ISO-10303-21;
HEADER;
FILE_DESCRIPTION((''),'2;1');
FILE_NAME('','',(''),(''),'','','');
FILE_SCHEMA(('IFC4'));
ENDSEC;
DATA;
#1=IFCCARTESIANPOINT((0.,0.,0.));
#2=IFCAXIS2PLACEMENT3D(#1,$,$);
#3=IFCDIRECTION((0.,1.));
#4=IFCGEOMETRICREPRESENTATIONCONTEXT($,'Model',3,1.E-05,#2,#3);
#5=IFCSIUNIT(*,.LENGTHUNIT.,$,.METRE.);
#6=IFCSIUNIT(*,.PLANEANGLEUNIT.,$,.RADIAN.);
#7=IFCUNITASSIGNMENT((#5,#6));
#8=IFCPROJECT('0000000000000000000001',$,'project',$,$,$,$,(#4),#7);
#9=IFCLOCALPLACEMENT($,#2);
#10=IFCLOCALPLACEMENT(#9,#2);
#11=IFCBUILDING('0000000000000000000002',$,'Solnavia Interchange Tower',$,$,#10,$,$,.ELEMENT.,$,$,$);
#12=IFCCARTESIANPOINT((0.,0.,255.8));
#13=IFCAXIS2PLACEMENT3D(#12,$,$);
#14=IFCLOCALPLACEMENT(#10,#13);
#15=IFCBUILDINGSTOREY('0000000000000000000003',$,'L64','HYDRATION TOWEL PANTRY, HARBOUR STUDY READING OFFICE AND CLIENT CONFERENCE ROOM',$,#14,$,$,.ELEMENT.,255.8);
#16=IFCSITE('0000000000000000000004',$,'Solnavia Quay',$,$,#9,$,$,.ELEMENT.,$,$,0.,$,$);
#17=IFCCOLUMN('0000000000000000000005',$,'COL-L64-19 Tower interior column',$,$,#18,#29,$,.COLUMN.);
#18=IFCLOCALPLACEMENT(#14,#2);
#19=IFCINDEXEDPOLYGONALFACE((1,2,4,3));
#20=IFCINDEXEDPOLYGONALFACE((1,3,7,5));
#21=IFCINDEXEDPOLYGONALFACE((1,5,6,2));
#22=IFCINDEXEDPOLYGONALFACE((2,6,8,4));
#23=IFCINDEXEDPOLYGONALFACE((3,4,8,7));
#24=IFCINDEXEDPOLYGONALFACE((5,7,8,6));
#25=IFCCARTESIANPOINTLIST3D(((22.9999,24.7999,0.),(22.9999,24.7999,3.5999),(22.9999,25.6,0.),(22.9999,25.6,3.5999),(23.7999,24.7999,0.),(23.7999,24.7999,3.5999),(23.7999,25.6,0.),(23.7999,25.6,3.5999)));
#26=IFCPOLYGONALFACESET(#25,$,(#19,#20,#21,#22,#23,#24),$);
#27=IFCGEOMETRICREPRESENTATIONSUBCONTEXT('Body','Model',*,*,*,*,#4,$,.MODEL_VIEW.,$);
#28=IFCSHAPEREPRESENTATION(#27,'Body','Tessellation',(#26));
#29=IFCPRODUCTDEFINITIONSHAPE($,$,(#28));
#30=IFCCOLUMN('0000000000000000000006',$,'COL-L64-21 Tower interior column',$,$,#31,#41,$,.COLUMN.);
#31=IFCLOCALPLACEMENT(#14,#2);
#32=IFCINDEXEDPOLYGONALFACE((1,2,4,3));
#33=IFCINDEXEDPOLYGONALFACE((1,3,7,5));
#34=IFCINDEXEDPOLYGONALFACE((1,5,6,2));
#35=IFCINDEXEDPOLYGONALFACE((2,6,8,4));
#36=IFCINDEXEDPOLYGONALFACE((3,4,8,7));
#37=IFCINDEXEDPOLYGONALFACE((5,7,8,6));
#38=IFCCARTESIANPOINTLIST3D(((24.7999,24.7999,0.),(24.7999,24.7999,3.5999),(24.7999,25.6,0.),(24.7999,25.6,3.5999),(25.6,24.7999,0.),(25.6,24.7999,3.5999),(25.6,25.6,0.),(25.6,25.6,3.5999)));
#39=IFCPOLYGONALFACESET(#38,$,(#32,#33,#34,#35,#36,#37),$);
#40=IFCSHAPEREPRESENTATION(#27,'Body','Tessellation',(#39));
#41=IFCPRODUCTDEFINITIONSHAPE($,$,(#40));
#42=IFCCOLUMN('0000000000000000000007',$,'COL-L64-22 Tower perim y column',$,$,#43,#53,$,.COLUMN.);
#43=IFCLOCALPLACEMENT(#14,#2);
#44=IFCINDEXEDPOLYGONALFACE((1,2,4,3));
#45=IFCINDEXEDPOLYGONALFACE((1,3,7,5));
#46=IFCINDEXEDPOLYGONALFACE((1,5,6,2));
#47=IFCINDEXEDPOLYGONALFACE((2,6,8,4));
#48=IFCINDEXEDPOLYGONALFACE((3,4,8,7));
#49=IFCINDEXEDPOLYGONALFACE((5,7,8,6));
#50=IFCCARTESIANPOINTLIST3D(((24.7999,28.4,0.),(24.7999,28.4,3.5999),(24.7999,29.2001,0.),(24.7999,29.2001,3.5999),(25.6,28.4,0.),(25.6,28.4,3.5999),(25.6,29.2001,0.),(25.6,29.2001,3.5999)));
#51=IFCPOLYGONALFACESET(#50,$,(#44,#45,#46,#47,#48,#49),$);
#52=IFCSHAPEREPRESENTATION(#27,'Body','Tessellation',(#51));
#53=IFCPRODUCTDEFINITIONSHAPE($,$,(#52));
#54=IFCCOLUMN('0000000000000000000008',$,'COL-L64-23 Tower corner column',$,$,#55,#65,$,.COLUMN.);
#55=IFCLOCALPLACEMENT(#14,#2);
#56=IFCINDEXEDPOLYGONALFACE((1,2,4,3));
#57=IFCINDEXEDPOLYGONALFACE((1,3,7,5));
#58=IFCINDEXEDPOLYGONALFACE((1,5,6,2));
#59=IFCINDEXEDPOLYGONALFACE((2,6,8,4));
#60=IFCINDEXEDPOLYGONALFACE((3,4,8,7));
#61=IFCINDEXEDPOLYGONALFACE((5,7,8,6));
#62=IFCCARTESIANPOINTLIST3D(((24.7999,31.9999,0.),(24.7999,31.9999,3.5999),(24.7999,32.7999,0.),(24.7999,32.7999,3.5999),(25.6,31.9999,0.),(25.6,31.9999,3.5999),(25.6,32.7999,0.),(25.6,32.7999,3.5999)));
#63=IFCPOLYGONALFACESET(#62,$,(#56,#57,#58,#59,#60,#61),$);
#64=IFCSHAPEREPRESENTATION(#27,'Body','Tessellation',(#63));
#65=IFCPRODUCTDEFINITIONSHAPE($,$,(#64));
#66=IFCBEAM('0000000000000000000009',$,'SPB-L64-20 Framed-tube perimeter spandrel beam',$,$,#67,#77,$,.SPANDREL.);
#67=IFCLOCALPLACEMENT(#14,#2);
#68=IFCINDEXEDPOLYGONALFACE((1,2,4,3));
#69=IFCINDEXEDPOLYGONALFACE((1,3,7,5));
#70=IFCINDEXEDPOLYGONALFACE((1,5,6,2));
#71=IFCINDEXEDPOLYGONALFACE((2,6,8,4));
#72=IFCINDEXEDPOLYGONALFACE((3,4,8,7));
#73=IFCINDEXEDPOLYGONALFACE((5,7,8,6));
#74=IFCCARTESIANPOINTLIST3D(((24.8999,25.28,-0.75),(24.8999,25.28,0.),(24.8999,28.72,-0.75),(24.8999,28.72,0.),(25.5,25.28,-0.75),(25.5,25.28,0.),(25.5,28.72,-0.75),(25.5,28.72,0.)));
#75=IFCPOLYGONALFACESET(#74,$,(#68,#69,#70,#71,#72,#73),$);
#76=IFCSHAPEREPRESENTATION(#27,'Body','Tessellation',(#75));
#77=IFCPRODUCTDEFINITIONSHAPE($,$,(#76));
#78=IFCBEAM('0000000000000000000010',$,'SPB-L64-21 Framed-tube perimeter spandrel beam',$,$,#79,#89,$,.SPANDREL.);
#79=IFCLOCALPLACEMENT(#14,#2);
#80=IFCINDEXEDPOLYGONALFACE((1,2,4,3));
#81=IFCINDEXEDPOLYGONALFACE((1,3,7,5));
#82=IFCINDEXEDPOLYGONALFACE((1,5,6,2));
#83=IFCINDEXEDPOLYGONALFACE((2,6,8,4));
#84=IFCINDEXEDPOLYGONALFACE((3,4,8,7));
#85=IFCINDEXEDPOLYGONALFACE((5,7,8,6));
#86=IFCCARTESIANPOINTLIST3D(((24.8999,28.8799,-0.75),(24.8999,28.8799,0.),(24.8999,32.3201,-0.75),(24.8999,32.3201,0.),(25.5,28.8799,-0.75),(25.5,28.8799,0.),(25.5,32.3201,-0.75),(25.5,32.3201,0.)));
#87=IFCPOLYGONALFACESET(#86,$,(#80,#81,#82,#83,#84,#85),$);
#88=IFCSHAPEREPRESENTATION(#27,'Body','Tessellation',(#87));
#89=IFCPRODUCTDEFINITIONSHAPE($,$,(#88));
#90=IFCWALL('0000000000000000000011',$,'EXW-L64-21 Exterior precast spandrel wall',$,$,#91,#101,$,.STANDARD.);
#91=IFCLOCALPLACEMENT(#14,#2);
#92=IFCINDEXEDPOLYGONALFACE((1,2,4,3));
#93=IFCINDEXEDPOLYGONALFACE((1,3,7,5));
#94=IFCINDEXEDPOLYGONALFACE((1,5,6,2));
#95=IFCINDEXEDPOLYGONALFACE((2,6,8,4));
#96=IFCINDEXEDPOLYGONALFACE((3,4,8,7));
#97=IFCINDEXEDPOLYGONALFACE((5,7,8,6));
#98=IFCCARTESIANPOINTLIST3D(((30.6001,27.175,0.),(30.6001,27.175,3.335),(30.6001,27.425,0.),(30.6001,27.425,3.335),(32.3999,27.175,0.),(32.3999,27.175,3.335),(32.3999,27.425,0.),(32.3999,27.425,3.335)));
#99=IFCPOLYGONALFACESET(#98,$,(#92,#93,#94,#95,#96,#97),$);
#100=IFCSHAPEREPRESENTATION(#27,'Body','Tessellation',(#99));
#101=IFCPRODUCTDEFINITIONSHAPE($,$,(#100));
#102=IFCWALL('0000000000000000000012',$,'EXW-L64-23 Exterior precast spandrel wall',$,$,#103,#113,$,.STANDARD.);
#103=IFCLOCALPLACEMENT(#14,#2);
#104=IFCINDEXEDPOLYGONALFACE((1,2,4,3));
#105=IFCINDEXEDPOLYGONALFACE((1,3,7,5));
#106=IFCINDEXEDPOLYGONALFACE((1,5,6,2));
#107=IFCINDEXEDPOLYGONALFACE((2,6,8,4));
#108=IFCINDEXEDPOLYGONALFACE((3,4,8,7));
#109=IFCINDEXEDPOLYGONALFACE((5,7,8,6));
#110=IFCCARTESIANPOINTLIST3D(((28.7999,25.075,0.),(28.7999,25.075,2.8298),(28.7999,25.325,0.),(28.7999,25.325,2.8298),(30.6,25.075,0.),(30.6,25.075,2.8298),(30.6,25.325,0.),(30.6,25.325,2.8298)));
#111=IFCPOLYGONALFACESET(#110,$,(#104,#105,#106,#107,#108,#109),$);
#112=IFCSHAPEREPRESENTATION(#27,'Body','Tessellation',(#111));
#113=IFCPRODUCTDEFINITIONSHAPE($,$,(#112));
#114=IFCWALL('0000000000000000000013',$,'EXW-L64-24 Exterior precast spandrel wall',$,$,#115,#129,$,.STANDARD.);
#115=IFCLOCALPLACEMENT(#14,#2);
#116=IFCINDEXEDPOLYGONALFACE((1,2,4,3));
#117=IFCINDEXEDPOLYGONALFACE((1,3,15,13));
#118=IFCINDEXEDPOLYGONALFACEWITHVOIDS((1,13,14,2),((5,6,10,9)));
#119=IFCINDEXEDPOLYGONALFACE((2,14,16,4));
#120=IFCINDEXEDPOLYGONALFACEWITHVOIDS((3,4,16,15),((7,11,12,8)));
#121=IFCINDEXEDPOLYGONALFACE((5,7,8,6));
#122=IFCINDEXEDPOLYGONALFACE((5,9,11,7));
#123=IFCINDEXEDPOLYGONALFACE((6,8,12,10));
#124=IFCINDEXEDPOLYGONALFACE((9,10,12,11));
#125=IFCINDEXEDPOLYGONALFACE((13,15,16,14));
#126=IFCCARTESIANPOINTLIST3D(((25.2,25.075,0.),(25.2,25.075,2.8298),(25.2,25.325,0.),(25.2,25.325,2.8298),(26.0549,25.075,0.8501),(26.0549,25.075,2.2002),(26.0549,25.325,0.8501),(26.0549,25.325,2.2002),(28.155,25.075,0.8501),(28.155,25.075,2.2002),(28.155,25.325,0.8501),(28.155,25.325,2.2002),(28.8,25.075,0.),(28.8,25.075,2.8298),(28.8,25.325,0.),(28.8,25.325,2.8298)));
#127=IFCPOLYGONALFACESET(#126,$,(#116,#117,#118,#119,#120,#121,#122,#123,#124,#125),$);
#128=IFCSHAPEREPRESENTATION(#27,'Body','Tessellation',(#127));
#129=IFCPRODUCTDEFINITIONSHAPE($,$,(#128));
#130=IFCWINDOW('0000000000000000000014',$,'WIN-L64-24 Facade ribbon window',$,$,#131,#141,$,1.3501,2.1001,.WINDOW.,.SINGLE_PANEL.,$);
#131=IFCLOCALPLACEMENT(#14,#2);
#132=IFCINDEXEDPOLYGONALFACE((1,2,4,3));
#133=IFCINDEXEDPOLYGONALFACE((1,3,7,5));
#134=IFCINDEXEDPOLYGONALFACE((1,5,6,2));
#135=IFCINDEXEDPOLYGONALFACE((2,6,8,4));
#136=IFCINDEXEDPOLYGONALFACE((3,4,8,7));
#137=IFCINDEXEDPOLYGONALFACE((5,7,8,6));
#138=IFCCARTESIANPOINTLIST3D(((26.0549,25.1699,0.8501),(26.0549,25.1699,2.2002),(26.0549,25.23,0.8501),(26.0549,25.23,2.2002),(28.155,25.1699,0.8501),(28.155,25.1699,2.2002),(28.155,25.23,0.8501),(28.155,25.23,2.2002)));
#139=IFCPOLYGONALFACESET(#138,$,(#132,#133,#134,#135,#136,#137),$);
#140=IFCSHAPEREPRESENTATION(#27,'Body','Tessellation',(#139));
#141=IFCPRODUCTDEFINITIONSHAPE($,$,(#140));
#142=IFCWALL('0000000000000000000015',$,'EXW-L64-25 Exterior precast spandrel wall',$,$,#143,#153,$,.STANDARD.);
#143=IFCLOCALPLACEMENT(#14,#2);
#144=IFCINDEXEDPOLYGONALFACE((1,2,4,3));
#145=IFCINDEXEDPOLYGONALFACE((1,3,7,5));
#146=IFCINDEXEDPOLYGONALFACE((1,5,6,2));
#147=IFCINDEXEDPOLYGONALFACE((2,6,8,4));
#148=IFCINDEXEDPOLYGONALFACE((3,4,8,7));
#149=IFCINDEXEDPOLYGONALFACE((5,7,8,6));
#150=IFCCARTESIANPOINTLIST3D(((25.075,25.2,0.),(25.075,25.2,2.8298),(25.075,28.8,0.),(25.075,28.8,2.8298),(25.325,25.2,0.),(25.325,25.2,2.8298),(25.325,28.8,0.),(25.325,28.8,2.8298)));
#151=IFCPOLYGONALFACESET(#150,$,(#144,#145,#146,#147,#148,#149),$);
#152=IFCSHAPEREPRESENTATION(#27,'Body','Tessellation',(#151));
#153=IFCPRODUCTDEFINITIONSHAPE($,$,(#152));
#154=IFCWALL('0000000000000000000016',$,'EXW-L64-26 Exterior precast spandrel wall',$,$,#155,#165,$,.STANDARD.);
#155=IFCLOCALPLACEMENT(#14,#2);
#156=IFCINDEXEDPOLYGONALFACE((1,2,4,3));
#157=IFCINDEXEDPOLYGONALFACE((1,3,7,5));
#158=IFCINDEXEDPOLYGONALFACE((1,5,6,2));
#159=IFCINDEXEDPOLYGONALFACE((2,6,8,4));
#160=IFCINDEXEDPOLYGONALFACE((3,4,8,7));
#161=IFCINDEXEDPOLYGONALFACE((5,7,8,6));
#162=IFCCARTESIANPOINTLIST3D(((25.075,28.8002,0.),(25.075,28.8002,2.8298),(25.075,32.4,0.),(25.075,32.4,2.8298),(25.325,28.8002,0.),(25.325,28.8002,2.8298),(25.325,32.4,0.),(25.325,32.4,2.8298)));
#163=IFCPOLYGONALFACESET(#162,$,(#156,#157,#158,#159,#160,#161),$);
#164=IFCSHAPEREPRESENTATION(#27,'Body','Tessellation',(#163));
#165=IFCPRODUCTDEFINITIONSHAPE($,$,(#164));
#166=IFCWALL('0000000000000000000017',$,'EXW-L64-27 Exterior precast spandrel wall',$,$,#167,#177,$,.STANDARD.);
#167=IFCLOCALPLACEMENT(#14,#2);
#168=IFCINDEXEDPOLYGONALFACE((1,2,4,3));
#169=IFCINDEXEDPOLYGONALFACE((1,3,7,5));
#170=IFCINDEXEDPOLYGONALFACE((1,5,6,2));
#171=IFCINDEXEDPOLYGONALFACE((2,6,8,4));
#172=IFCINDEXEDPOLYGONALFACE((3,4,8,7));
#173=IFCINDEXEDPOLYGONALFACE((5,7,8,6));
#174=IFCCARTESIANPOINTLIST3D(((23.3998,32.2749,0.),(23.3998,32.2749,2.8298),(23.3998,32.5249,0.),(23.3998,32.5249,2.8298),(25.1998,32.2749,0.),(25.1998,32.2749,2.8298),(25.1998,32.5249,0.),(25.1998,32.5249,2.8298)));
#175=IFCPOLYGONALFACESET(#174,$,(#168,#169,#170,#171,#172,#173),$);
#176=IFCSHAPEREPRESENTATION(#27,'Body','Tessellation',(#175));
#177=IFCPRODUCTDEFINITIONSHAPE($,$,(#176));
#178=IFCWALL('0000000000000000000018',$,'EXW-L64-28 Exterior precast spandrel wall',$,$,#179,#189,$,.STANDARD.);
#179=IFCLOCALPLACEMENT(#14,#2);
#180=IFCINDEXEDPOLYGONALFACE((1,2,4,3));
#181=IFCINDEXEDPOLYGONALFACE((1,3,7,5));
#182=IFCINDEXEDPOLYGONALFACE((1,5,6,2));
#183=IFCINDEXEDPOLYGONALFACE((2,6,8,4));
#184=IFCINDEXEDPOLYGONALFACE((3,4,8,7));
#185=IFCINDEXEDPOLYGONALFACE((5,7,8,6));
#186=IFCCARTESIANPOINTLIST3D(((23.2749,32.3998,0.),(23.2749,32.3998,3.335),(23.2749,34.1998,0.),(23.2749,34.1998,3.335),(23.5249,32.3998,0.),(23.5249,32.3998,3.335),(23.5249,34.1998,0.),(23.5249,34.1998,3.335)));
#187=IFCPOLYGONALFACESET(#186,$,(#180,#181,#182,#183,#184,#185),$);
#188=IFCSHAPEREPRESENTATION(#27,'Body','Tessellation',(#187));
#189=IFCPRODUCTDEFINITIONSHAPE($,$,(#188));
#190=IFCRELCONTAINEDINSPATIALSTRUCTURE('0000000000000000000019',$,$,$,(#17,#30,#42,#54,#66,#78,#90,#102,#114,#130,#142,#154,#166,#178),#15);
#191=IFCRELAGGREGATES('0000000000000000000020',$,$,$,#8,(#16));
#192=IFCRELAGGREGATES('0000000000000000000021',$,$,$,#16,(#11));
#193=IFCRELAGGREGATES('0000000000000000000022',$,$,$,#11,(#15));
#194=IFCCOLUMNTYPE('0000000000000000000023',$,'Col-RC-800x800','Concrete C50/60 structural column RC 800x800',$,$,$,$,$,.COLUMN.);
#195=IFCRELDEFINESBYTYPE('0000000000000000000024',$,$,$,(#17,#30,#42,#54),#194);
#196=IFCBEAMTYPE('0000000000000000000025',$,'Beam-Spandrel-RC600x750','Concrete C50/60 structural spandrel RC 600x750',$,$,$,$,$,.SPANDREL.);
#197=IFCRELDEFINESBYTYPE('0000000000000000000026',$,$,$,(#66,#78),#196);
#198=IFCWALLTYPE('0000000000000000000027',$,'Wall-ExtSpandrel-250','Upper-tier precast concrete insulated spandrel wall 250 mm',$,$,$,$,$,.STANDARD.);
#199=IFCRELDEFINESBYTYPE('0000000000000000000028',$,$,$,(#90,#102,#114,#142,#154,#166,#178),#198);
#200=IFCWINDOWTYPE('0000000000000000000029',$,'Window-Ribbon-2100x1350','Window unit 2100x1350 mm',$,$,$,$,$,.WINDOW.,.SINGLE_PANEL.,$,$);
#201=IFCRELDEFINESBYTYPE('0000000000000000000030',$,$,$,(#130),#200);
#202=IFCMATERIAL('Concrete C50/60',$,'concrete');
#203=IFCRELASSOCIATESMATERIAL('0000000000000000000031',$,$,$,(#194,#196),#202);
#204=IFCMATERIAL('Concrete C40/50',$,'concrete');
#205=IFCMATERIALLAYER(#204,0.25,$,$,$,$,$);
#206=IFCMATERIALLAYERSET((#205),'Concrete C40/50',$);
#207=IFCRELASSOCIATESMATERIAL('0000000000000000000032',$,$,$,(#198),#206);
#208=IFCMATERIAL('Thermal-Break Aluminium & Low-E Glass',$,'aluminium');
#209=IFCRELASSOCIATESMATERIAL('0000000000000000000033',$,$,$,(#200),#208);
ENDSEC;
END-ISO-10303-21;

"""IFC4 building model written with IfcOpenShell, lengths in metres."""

from ifc_helpers import new_model, si_unit, direction, frame, frame_2d, origin, origin_2d, place, context, subcontext, project, spatial, rectangle, extrude, material, layer, layer_set, material_profile, profile_set, type_object, element, fill, save


model = new_model("IFC4")

# Units and contexts
model_context = context("Model", 3, precision=1e-05, world=origin(), true_north=direction((0.0, 1.0)))
body_context = subcontext(model_context, "Body", "Model", "MODEL_VIEW")
ifc_project = project(units=[si_unit("LENGTHUNIT", "METRE"), si_unit("PLANEANGLEUNIT", "RADIAN")], contexts=[model_context])

# Site, building, storey
site_placement = place(None, origin())
site = spatial("IfcSite", under=ifc_project, at=site_placement, Name="Solnavia Quay", CompositionType="ELEMENT", RefElevation=0.0)
building_placement = place(site_placement, origin())
building = spatial("IfcBuilding", under=site, at=building_placement, Name="Solnavia Interchange Tower", CompositionType="ELEMENT")
storey_placement = place(building_placement, frame((0.0, 0.0, 255.8)))
storey = spatial("IfcBuildingStorey", under=building, at=storey_placement, Name="L64", Description="HYDRATION TOWEL PANTRY, HARBOUR STUDY READING OFFICE AND CLIENT CONFERENCE ROOM", CompositionType="ELEMENT", Elevation=255.8)

# Columns
ifc_material_1 = material(Name="Concrete C50/60", Category="concrete")
ifc_material_profile_1 = material_profile(ifc_material_1, rectangle(XDim=0.8, YDim=0.8, at=origin_2d()), Name="RC 800x800")
ifc_profile_set_1 = profile_set([ifc_material_profile_1], Name="Concrete C50/60")
column_type = type_object("IfcColumnType", Name="Col-RC-800x800", Description="Concrete C50/60 structural column RC 800x800", PredefinedType="COLUMN", material=ifc_profile_set_1)
for number, where, z_axis, x_axis, name in (
    (1, (23.3999, 25.2, 0.0), (0.0, 0.0, 1.0), (1.0, 0.0, 0.0), "COL-L64-19 Tower interior column"),
    (2, (25.2, 25.2, 0.0), (0.0, 0.0, 1.0), (1.0, 0.0, 0.0), "COL-L64-21 Tower interior column"),
    (3, (25.2, 28.8, 0.0), (0.0, 0.0, 1.0), (0.0, 1.0, 0.0), "COL-L64-22 Tower perim y column"),
    (4, (25.2, 32.3999, 0.0), (0.0, 0.0, 1.0), (0.0, 1.0, 0.0), "COL-L64-23 Tower corner column"),
):
    element("IfcColumn", number, at=place(storey_placement, frame(where, z_axis=z_axis, x_axis=x_axis)), inside=storey, type_object=column_type, Name=name, PredefinedType="COLUMN", context=body_context, shape_type="SweptSolid", body=[
        extrude(rectangle(XDim=0.8, YDim=0.8, at=origin_2d()), origin(), (0.0, 0.0, 1.0), 3.5999),
    ])

# Beams
ifc_material_profile_2 = material_profile(ifc_material_1, rectangle(XDim=0.6001, YDim=0.75, at=origin_2d()), Name="RC 600x750")
ifc_profile_set_2 = profile_set([ifc_material_profile_2], Name="Concrete C50/60")
beam_type = type_object("IfcBeamType", Name="Beam-Spandrel-RC600x750", Description="Concrete C50/60 structural spandrel RC 600x750", PredefinedType="SPANDREL", material=ifc_profile_set_2)
beam_1_placement = place(storey_placement, frame((25.2, 25.28, -0.375), z_axis=(0.0, 1.0, 0.0), x_axis=(-1.0, 0.0, 0.0)))
element("IfcBeam", 5, at=beam_1_placement, inside=storey, type_object=beam_type, Name="SPB-L64-20 Framed-tube perimeter spandrel beam", PredefinedType="SPANDREL", context=body_context, shape_type="SweptSolid", body=[
    extrude(rectangle(XDim=0.6001, YDim=0.75, at=origin_2d()), origin(), (0.0, 0.0, 1.0), 3.4399),
])
beam_2_placement = place(storey_placement, frame((25.2, 28.8799, -0.375), z_axis=(0.0, 1.0, 0.0), x_axis=(-1.0, 0.0, 0.0)))
element("IfcBeam", 6, at=beam_2_placement, inside=storey, type_object=beam_type, Name="SPB-L64-21 Framed-tube perimeter spandrel beam", PredefinedType="SPANDREL", context=body_context, shape_type="SweptSolid", body=[
    extrude(rectangle(XDim=0.6001, YDim=0.75, at=origin_2d()), origin(), (0.0, 0.0, 1.0), 3.4402),
])

# Walls
ifc_material_2 = material(Name="Concrete C40/50", Category="concrete")
ifc_layer_1 = layer(ifc_material_2, 0.25)
ifc_layer_set_1 = layer_set([ifc_layer_1], Name="Concrete C40/50")
wall_type_1 = type_object("IfcWallType", Name="Wall-ExtSpandrel-250", Description="Upper-tier precast concrete insulated spandrel wall 250 mm", PredefinedType="STANDARD", material=ifc_layer_set_1)
wall_1_placement = place(storey_placement, frame((30.6001, 27.3, 0.0), z_axis=(0.0, 0.0, 1.0), x_axis=(1.0, 0.0, 0.0)))
element("IfcWall", 7, at=wall_1_placement, inside=storey, type_object=wall_type_1, Name="EXW-L64-21 Exterior precast spandrel wall", PredefinedType="STANDARD", context=body_context, shape_type="SweptSolid", body=[
    extrude(rectangle(XDim=1.7998, YDim=0.25, at=frame_2d((0.8999, 0.0))), origin(), (0.0, 0.0, 1.0), 3.335),
])
wall_2_placement = place(storey_placement, frame((28.8, 25.2, 0.0), z_axis=(0.0, 0.0, 1.0), x_axis=(1.0, 0.0, 0.0)))
element("IfcWall", 8, at=wall_2_placement, inside=storey, type_object=wall_type_1, Name="EXW-L64-23 Exterior precast spandrel wall", PredefinedType="STANDARD", context=body_context, shape_type="SweptSolid", body=[
    extrude(rectangle(XDim=1.8, YDim=0.25, at=frame_2d((0.8999, 0.0))), origin(), (0.0, 0.0, 1.0), 2.8298),
])

# Wall, opening, window
wall_3_placement = place(storey_placement, frame((25.2, 25.2, 0.0), z_axis=(0.0, 0.0, 1.0), x_axis=(1.0, 0.0, 0.0)))
wall_3 = element("IfcWall", 9, at=wall_3_placement, inside=storey, type_object=wall_type_1, Name="EXW-L64-24 Exterior precast spandrel wall", PredefinedType="STANDARD", context=body_context, shape_type="SweptSolid", body=[
    extrude(rectangle(XDim=3.6001, YDim=0.25, at=frame_2d((1.8, 0.0))), origin(), (0.0, 0.0, 1.0), 2.8298),
])
opening_placement = place(wall_3_placement, frame((0.855, 0.0, 0.8501)))
opening = element("IfcOpeningElement", 10, at=opening_placement, cuts=wall_3, PredefinedType="OPENING", context=body_context, shape_type="SweptSolid", body=[
    extrude(rectangle(XDim=2.1001, YDim=1.3501, at=frame_2d((1.05, 0.675))), frame((0.0, 0.135, 0.0), z_axis=(0.0, -1.0, 0.0), x_axis=(1.0, 0.0, 0.0)), (0.0, 0.0, 1.0), 0.27),
])
ifc_material_3 = material(Name="Thermal-Break Aluminium & Low-E Glass", Category="aluminium")
window_type = type_object("IfcWindowType", Name="Window-Ribbon-2100x1350", Description="Window unit 2100x1350 mm", PartitioningType="SINGLE_PANEL", PredefinedType="WINDOW", material=ifc_material_3)
window_placement = place(opening_placement, origin())
window = element("IfcWindow", 11, at=window_placement, inside=storey, type_object=window_type, Name="WIN-L64-24 Facade ribbon window", OverallHeight=1.3501, OverallWidth=2.1001, PartitioningType="SINGLE_PANEL", PredefinedType="WINDOW", context=body_context, shape_type="SweptSolid", body=[
    extrude(rectangle(XDim=2.1001, YDim=1.3501, at=frame_2d((1.05, 0.675))), frame((0.0, 0.03, 0.0), z_axis=(0.0, -1.0, 0.0), x_axis=(1.0, 0.0, 0.0)), (0.0, 0.0, 1.0), 0.0601),
])
fill(opening, window)

# Walls
wall_4_placement = place(storey_placement, frame((25.2, 28.8, 0.0), z_axis=(0.0, 0.0, 1.0), x_axis=(0.0, -1.0, 0.0)))
element("IfcWall", 12, at=wall_4_placement, inside=storey, type_object=wall_type_1, Name="EXW-L64-25 Exterior precast spandrel wall", PredefinedType="STANDARD", context=body_context, shape_type="SweptSolid", body=[
    extrude(rectangle(XDim=3.6001, YDim=0.25, at=frame_2d((1.8, 0.0))), origin(), (0.0, 0.0, 1.0), 2.8298),
])
wall_5_placement = place(storey_placement, frame((25.2, 32.3999, 0.0), z_axis=(0.0, 0.0, 1.0), x_axis=(0.0, -1.0, 0.0)))
element("IfcWall", 13, at=wall_5_placement, inside=storey, type_object=wall_type_1, Name="EXW-L64-26 Exterior precast spandrel wall", PredefinedType="STANDARD", context=body_context, shape_type="SweptSolid", body=[
    extrude(rectangle(XDim=3.5999, YDim=0.25, at=frame_2d((1.7998, 0.0))), origin(), (0.0, 0.0, 1.0), 2.8298),
])
wall_6_placement = place(storey_placement, frame((23.3999, 32.3999, 0.0), z_axis=(0.0, 0.0, 1.0), x_axis=(1.0, 0.0, 0.0)))
element("IfcWall", 14, at=wall_6_placement, inside=storey, type_object=wall_type_1, Name="EXW-L64-27 Exterior precast spandrel wall", PredefinedType="STANDARD", context=body_context, shape_type="SweptSolid", body=[
    extrude(rectangle(XDim=1.8, YDim=0.25, at=frame_2d((0.8999, 0.0))), origin(), (0.0, 0.0, 1.0), 2.8298),
])
wall_7_placement = place(storey_placement, frame((23.3999, 32.3999, 0.0), z_axis=(0.0, 0.0, 1.0), x_axis=(0.0, 1.0, 0.0)))
element("IfcWall", 15, at=wall_7_placement, inside=storey, type_object=wall_type_1, Name="EXW-L64-28 Exterior precast spandrel wall", PredefinedType="STANDARD", context=body_context, shape_type="SweptSolid", body=[
    extrude(rectangle(XDim=1.8, YDim=0.25, at=frame_2d((0.8999, 0.0))), origin(), (0.0, 0.0, 1.0), 3.335),
])

save(model, "model.ifc")
